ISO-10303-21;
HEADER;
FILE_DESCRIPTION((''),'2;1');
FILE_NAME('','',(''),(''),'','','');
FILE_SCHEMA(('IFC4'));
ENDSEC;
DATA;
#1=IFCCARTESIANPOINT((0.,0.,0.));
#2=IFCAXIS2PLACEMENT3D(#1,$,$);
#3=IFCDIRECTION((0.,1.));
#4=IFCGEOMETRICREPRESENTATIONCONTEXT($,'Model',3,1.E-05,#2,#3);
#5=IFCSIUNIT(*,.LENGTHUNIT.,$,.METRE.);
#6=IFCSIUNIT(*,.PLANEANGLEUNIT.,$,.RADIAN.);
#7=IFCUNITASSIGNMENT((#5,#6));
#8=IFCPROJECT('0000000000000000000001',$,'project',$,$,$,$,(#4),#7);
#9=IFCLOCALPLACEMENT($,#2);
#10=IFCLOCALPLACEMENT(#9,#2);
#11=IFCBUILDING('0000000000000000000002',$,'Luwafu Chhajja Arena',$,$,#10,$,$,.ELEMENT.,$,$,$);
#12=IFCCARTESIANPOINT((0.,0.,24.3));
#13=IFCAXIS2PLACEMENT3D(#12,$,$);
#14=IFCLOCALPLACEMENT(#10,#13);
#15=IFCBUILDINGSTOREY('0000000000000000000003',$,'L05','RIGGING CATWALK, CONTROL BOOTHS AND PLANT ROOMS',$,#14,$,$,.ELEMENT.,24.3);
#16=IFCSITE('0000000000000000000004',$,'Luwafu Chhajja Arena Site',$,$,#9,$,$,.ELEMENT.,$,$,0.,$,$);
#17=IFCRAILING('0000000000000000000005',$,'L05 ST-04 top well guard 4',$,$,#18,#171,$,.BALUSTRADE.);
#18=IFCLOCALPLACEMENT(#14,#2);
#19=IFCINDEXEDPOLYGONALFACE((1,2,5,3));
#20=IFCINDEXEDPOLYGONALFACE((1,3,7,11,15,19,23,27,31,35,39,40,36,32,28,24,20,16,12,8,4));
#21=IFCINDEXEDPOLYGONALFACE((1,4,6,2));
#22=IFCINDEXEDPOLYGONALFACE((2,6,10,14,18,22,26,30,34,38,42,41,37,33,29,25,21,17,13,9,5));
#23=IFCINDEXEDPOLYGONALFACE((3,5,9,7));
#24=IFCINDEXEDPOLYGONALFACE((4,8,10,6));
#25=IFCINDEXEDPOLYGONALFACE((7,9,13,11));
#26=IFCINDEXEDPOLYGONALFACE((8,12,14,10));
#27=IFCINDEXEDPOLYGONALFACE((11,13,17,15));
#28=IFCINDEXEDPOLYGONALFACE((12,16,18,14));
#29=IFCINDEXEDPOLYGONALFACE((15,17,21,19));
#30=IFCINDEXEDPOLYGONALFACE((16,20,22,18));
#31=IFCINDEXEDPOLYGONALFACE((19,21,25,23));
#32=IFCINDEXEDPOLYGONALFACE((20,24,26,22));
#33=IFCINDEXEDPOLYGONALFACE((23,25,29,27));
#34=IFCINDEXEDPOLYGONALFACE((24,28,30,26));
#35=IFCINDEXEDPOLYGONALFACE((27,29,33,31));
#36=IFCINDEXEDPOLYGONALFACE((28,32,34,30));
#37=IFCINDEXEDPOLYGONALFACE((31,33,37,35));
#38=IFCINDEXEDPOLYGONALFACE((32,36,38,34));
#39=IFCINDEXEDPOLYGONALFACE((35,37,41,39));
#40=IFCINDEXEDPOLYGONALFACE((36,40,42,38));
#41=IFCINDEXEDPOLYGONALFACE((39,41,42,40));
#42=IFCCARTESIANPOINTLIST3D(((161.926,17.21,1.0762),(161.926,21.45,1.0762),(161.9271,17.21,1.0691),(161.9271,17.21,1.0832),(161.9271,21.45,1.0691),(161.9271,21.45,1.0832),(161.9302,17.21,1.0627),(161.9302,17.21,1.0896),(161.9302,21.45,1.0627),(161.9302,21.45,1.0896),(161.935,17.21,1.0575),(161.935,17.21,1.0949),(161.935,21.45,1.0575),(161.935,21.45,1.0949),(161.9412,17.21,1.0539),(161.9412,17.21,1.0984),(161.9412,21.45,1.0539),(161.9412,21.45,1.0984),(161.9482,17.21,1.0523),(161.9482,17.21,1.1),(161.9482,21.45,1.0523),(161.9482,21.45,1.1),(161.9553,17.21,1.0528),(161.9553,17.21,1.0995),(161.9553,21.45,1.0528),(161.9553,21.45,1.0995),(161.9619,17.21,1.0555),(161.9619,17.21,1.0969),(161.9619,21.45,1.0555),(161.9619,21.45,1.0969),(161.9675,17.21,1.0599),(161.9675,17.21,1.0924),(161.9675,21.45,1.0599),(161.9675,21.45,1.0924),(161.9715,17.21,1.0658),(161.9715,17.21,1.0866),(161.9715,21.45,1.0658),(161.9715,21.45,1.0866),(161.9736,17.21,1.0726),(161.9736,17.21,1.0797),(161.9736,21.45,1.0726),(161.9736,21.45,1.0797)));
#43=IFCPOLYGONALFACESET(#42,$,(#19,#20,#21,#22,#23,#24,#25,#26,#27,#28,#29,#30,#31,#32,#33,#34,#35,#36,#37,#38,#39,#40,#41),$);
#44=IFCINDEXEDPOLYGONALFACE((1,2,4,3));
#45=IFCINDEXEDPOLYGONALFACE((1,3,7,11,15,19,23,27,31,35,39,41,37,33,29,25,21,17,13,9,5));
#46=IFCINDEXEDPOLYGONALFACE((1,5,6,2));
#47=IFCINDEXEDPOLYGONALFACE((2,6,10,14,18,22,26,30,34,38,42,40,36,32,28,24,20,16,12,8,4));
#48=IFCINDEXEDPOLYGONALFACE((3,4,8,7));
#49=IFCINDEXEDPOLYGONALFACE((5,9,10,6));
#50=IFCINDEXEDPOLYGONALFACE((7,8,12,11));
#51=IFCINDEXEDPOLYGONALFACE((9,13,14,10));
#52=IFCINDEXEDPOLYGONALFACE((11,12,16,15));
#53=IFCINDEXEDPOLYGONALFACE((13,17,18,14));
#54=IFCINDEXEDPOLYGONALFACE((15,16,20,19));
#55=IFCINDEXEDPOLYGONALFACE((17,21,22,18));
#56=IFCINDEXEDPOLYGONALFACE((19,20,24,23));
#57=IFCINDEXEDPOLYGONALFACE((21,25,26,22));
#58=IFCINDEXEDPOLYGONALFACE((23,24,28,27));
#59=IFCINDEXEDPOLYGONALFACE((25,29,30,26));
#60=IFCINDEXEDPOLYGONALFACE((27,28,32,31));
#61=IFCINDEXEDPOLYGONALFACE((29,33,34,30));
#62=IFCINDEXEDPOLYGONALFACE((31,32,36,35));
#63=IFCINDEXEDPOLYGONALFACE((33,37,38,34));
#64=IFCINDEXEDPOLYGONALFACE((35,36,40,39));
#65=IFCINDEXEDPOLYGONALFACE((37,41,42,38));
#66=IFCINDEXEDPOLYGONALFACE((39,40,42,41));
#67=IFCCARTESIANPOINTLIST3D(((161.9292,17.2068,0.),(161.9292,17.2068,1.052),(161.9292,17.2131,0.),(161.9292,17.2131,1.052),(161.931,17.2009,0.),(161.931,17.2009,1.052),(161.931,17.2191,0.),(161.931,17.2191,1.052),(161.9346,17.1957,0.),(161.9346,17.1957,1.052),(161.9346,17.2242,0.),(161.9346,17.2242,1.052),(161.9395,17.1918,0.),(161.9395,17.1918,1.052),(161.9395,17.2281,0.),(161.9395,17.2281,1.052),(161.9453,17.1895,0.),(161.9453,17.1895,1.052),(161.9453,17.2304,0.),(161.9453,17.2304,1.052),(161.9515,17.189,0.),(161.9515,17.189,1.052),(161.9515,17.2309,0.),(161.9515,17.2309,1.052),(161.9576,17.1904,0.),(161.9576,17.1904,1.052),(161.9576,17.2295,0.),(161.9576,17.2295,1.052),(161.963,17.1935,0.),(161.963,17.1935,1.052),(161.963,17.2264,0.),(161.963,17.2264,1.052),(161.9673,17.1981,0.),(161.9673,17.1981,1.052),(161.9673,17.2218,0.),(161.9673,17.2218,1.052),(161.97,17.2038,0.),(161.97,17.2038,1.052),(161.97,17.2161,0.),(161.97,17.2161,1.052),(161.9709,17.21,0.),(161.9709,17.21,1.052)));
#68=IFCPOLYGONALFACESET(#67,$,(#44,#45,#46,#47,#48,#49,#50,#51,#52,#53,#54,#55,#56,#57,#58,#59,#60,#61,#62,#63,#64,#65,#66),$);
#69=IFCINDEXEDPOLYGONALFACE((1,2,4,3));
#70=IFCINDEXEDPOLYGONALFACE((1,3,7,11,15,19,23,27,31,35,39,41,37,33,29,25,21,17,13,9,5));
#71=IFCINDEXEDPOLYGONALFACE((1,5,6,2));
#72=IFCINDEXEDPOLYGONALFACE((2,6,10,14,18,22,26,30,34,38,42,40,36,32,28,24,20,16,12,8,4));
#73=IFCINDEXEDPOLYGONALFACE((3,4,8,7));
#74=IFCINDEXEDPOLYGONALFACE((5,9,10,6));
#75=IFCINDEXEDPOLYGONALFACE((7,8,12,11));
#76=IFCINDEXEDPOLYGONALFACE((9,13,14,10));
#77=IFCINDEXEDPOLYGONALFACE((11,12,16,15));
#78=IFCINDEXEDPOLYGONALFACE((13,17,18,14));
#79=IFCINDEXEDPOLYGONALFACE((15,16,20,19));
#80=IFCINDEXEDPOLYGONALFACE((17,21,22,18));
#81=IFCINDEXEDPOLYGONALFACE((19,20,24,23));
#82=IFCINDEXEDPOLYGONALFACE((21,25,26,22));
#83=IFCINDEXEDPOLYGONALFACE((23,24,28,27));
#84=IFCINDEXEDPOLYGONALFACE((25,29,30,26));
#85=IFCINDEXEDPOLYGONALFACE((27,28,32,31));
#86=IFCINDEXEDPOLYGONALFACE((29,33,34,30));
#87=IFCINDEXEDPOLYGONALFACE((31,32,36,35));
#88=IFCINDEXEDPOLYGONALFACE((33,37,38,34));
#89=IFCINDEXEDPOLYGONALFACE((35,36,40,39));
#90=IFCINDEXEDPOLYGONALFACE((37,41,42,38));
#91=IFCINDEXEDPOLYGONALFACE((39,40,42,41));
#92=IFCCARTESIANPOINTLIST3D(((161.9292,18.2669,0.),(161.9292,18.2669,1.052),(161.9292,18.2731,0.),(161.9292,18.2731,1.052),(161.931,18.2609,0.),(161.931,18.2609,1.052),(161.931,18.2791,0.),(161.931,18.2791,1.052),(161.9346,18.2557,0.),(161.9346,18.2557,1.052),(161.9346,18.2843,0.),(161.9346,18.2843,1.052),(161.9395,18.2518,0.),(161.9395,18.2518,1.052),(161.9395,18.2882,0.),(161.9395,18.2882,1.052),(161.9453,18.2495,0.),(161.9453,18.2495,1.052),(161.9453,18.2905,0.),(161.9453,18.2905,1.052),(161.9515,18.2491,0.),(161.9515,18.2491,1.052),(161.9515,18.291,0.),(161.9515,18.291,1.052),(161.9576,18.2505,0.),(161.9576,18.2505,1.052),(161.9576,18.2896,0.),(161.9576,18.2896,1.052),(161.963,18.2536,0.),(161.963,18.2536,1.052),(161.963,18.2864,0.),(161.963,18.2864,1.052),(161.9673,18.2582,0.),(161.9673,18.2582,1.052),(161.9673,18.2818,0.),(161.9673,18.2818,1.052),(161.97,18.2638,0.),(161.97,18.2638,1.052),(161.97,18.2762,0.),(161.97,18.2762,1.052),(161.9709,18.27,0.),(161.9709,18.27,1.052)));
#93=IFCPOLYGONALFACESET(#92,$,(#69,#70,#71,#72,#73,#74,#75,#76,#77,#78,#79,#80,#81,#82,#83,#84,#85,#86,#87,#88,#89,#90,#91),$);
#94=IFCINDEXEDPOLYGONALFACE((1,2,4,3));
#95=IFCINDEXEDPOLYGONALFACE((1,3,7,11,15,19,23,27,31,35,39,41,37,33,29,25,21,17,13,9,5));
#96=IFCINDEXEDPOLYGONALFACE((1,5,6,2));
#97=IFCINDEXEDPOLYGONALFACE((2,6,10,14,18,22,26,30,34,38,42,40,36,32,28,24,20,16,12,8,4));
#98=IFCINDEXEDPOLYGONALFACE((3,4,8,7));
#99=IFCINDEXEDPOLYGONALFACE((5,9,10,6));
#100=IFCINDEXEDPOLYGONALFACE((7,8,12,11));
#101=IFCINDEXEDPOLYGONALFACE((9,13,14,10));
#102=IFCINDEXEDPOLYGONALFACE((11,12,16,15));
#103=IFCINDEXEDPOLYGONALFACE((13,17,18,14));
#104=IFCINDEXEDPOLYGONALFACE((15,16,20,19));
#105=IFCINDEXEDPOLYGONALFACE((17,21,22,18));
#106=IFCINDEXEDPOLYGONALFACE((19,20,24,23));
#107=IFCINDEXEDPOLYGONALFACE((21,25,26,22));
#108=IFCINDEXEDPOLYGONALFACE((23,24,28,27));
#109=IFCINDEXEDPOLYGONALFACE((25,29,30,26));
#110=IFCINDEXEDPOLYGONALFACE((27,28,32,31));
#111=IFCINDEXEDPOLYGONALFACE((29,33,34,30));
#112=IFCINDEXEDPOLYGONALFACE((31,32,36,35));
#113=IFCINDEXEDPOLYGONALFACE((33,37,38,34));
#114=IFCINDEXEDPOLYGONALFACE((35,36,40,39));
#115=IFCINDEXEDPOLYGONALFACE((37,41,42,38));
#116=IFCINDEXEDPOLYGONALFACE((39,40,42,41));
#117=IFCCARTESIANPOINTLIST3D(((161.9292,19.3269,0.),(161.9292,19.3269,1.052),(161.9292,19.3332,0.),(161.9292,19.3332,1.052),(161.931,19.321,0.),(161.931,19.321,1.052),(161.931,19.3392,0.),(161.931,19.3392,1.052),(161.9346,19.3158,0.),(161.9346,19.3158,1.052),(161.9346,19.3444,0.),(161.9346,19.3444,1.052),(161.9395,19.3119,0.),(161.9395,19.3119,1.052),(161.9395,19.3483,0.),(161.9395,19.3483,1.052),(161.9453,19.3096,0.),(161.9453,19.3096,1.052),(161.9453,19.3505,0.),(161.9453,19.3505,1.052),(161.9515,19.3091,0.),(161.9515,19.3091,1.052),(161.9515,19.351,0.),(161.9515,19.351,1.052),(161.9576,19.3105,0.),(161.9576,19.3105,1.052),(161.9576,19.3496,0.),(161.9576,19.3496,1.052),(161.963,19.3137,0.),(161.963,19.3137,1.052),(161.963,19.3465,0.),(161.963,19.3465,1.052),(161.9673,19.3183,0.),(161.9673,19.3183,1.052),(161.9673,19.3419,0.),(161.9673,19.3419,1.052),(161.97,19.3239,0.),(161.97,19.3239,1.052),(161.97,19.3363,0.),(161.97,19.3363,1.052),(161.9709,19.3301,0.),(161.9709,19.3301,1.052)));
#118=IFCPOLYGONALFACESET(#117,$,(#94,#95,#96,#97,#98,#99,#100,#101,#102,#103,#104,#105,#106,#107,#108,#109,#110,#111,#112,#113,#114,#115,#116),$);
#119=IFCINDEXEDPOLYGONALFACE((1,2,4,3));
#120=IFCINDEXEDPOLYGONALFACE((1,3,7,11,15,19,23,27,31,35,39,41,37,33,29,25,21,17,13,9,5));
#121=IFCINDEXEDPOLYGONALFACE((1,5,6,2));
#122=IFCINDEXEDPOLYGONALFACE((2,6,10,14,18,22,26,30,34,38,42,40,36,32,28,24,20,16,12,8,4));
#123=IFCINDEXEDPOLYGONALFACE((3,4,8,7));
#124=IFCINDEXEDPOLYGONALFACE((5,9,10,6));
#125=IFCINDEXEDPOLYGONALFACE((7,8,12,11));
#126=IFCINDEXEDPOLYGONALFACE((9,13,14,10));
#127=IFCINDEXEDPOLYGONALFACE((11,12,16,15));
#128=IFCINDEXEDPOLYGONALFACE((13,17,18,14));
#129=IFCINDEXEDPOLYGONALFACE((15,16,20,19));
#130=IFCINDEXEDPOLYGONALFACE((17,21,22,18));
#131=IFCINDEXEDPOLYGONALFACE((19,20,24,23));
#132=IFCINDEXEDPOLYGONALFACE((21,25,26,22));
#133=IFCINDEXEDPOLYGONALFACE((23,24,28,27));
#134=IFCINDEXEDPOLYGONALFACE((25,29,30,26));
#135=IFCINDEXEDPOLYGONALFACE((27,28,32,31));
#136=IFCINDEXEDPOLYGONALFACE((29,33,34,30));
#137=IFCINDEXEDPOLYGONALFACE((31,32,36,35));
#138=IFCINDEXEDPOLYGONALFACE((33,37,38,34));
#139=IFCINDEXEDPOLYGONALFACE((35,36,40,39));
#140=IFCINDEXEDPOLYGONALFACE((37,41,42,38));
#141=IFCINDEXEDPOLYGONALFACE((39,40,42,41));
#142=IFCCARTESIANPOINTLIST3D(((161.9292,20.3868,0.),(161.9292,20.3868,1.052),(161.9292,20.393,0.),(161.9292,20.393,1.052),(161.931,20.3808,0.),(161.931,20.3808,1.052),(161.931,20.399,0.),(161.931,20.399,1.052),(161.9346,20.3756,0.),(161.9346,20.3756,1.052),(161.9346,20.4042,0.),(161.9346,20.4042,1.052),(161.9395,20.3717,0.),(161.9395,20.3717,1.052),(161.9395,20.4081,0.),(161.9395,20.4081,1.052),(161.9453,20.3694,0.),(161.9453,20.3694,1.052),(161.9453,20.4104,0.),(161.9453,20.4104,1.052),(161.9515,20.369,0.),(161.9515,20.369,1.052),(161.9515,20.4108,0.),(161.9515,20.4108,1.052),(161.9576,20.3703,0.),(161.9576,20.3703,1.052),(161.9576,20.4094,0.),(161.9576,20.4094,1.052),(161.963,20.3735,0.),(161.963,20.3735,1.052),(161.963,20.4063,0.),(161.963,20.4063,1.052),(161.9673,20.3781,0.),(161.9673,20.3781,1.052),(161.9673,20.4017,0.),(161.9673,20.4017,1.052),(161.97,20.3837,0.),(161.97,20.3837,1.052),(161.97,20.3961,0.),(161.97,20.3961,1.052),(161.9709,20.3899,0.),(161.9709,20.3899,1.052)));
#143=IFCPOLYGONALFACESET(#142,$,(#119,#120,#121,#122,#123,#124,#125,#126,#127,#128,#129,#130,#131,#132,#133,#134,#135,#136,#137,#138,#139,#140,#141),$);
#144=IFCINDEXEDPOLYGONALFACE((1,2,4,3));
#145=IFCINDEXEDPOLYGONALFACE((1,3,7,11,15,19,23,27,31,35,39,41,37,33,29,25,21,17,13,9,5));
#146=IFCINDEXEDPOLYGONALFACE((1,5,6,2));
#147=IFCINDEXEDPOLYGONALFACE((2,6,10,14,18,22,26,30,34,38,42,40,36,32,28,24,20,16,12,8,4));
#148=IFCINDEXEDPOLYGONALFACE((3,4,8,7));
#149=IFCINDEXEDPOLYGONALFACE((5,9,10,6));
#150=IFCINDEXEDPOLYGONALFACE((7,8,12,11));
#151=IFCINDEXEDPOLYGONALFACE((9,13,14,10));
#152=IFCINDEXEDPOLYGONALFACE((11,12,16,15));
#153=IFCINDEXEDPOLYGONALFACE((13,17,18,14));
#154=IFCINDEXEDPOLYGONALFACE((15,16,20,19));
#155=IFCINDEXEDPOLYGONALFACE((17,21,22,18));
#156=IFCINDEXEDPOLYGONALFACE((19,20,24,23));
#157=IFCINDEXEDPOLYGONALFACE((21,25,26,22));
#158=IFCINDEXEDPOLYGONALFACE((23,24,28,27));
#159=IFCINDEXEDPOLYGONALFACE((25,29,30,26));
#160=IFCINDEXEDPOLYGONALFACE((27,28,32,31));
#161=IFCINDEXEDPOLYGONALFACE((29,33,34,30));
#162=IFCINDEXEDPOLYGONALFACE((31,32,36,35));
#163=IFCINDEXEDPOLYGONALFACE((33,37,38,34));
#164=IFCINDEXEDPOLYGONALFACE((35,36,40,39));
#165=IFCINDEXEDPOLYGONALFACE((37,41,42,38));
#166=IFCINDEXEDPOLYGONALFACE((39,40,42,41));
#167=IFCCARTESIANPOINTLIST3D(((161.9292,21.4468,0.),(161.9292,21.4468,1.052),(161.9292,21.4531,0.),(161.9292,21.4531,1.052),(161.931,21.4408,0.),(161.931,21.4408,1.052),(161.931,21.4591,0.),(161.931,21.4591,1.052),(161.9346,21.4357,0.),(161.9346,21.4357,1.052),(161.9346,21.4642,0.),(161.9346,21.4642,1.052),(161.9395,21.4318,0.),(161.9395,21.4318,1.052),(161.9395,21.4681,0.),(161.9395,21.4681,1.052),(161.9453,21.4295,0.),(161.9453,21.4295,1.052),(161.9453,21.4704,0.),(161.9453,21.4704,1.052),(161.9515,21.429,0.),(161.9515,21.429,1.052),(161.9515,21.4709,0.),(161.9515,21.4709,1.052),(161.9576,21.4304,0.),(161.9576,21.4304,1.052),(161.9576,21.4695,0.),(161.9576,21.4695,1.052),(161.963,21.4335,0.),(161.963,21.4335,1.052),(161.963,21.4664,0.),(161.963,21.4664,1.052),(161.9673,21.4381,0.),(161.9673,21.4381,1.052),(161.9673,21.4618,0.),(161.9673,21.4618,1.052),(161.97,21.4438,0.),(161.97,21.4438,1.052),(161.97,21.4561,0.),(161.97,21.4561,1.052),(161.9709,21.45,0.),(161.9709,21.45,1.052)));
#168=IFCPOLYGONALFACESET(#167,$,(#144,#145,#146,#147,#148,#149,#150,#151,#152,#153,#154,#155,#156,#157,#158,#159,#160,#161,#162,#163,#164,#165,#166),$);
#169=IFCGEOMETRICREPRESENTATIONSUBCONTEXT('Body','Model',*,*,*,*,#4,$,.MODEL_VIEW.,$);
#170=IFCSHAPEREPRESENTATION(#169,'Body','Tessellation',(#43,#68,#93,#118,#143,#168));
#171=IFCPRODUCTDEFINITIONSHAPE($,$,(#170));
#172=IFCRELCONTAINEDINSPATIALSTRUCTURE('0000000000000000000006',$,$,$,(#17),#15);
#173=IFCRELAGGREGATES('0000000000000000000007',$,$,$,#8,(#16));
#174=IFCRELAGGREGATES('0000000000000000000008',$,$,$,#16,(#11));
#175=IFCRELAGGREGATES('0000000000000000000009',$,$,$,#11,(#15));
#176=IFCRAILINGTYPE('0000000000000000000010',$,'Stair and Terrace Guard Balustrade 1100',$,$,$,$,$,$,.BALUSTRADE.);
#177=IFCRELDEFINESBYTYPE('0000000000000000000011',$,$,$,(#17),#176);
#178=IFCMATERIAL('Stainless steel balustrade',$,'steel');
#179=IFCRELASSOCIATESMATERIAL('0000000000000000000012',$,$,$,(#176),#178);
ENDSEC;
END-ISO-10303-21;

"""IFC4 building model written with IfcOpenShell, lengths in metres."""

from ifc_helpers import new_model, si_unit, direction, frame, origin, origin_2d, place, context, subcontext, project, spatial, circle, extrude, material, type_object, element, save


model = new_model("IFC4")

# Units and contexts
model_context = context("Model", 3, precision=1e-05, world=origin(), true_north=direction((0.0, 1.0)))
body_context = subcontext(model_context, "Body", "Model", "MODEL_VIEW")
ifc_project = project(units=[si_unit("LENGTHUNIT", "METRE"), si_unit("PLANEANGLEUNIT", "RADIAN")], contexts=[model_context])

# Site, building, storey
site_placement = place(None, origin())
site = spatial("IfcSite", under=ifc_project, at=site_placement, Name="Luwafu Chhajja Arena Site", CompositionType="ELEMENT", RefElevation=0.0)
building_placement = place(site_placement, origin())
building = spatial("IfcBuilding", under=site, at=building_placement, Name="Luwafu Chhajja Arena", CompositionType="ELEMENT")
storey_placement = place(building_placement, frame((0.0, 0.0, 24.3)))
storey = spatial("IfcBuildingStorey", under=building, at=storey_placement, Name="L05", Description="RIGGING CATWALK, CONTROL BOOTHS AND PLANT ROOMS", CompositionType="ELEMENT", Elevation=24.3)

# Railing
ifc_material_1 = material(Name="Stainless steel balustrade", Category="steel")
railing_type = type_object("IfcRailingType", Name="Stair and Terrace Guard Balustrade 1100", PredefinedType="BALUSTRADE", material=ifc_material_1)
railing_1_placement = place(storey_placement, frame((161.95, 17.21, 0.0)))
element("IfcRailing", 1, at=railing_1_placement, inside=storey, type_object=railing_type, Name="L05 ST-04 top well guard 4", PredefinedType="BALUSTRADE", context=body_context, shape_type="SweptSolid", body=[
    extrude(circle(Radius=0.0239, at=origin_2d()), frame((0.0, 0.0, 1.0762), z_axis=(0.0, 1.0, 0.0), x_axis=(-1.0, 0.0, 0.0)), (0.0, 0.0, 1.0), 4.24),
    extrude(circle(Radius=0.021, at=origin_2d()), origin(), (0.0, 0.0, 1.0), 1.052),
    extrude(circle(Radius=0.021, at=origin_2d()), frame((0.0, 1.0601, 0.0)), (0.0, 0.0, 1.0), 1.052),
    extrude(circle(Radius=0.021, at=origin_2d()), frame((0.0, 2.1201, 0.0)), (0.0, 0.0, 1.0), 1.052),
    extrude(circle(Radius=0.021, at=origin_2d()), frame((0.0, 3.1799, 0.0)), (0.0, 0.0, 1.0), 1.052),
    extrude(circle(Radius=0.021, at=origin_2d()), frame((0.0, 4.24, 0.0)), (0.0, 0.0, 1.0), 1.052),
])

save(model, "model.ifc")
